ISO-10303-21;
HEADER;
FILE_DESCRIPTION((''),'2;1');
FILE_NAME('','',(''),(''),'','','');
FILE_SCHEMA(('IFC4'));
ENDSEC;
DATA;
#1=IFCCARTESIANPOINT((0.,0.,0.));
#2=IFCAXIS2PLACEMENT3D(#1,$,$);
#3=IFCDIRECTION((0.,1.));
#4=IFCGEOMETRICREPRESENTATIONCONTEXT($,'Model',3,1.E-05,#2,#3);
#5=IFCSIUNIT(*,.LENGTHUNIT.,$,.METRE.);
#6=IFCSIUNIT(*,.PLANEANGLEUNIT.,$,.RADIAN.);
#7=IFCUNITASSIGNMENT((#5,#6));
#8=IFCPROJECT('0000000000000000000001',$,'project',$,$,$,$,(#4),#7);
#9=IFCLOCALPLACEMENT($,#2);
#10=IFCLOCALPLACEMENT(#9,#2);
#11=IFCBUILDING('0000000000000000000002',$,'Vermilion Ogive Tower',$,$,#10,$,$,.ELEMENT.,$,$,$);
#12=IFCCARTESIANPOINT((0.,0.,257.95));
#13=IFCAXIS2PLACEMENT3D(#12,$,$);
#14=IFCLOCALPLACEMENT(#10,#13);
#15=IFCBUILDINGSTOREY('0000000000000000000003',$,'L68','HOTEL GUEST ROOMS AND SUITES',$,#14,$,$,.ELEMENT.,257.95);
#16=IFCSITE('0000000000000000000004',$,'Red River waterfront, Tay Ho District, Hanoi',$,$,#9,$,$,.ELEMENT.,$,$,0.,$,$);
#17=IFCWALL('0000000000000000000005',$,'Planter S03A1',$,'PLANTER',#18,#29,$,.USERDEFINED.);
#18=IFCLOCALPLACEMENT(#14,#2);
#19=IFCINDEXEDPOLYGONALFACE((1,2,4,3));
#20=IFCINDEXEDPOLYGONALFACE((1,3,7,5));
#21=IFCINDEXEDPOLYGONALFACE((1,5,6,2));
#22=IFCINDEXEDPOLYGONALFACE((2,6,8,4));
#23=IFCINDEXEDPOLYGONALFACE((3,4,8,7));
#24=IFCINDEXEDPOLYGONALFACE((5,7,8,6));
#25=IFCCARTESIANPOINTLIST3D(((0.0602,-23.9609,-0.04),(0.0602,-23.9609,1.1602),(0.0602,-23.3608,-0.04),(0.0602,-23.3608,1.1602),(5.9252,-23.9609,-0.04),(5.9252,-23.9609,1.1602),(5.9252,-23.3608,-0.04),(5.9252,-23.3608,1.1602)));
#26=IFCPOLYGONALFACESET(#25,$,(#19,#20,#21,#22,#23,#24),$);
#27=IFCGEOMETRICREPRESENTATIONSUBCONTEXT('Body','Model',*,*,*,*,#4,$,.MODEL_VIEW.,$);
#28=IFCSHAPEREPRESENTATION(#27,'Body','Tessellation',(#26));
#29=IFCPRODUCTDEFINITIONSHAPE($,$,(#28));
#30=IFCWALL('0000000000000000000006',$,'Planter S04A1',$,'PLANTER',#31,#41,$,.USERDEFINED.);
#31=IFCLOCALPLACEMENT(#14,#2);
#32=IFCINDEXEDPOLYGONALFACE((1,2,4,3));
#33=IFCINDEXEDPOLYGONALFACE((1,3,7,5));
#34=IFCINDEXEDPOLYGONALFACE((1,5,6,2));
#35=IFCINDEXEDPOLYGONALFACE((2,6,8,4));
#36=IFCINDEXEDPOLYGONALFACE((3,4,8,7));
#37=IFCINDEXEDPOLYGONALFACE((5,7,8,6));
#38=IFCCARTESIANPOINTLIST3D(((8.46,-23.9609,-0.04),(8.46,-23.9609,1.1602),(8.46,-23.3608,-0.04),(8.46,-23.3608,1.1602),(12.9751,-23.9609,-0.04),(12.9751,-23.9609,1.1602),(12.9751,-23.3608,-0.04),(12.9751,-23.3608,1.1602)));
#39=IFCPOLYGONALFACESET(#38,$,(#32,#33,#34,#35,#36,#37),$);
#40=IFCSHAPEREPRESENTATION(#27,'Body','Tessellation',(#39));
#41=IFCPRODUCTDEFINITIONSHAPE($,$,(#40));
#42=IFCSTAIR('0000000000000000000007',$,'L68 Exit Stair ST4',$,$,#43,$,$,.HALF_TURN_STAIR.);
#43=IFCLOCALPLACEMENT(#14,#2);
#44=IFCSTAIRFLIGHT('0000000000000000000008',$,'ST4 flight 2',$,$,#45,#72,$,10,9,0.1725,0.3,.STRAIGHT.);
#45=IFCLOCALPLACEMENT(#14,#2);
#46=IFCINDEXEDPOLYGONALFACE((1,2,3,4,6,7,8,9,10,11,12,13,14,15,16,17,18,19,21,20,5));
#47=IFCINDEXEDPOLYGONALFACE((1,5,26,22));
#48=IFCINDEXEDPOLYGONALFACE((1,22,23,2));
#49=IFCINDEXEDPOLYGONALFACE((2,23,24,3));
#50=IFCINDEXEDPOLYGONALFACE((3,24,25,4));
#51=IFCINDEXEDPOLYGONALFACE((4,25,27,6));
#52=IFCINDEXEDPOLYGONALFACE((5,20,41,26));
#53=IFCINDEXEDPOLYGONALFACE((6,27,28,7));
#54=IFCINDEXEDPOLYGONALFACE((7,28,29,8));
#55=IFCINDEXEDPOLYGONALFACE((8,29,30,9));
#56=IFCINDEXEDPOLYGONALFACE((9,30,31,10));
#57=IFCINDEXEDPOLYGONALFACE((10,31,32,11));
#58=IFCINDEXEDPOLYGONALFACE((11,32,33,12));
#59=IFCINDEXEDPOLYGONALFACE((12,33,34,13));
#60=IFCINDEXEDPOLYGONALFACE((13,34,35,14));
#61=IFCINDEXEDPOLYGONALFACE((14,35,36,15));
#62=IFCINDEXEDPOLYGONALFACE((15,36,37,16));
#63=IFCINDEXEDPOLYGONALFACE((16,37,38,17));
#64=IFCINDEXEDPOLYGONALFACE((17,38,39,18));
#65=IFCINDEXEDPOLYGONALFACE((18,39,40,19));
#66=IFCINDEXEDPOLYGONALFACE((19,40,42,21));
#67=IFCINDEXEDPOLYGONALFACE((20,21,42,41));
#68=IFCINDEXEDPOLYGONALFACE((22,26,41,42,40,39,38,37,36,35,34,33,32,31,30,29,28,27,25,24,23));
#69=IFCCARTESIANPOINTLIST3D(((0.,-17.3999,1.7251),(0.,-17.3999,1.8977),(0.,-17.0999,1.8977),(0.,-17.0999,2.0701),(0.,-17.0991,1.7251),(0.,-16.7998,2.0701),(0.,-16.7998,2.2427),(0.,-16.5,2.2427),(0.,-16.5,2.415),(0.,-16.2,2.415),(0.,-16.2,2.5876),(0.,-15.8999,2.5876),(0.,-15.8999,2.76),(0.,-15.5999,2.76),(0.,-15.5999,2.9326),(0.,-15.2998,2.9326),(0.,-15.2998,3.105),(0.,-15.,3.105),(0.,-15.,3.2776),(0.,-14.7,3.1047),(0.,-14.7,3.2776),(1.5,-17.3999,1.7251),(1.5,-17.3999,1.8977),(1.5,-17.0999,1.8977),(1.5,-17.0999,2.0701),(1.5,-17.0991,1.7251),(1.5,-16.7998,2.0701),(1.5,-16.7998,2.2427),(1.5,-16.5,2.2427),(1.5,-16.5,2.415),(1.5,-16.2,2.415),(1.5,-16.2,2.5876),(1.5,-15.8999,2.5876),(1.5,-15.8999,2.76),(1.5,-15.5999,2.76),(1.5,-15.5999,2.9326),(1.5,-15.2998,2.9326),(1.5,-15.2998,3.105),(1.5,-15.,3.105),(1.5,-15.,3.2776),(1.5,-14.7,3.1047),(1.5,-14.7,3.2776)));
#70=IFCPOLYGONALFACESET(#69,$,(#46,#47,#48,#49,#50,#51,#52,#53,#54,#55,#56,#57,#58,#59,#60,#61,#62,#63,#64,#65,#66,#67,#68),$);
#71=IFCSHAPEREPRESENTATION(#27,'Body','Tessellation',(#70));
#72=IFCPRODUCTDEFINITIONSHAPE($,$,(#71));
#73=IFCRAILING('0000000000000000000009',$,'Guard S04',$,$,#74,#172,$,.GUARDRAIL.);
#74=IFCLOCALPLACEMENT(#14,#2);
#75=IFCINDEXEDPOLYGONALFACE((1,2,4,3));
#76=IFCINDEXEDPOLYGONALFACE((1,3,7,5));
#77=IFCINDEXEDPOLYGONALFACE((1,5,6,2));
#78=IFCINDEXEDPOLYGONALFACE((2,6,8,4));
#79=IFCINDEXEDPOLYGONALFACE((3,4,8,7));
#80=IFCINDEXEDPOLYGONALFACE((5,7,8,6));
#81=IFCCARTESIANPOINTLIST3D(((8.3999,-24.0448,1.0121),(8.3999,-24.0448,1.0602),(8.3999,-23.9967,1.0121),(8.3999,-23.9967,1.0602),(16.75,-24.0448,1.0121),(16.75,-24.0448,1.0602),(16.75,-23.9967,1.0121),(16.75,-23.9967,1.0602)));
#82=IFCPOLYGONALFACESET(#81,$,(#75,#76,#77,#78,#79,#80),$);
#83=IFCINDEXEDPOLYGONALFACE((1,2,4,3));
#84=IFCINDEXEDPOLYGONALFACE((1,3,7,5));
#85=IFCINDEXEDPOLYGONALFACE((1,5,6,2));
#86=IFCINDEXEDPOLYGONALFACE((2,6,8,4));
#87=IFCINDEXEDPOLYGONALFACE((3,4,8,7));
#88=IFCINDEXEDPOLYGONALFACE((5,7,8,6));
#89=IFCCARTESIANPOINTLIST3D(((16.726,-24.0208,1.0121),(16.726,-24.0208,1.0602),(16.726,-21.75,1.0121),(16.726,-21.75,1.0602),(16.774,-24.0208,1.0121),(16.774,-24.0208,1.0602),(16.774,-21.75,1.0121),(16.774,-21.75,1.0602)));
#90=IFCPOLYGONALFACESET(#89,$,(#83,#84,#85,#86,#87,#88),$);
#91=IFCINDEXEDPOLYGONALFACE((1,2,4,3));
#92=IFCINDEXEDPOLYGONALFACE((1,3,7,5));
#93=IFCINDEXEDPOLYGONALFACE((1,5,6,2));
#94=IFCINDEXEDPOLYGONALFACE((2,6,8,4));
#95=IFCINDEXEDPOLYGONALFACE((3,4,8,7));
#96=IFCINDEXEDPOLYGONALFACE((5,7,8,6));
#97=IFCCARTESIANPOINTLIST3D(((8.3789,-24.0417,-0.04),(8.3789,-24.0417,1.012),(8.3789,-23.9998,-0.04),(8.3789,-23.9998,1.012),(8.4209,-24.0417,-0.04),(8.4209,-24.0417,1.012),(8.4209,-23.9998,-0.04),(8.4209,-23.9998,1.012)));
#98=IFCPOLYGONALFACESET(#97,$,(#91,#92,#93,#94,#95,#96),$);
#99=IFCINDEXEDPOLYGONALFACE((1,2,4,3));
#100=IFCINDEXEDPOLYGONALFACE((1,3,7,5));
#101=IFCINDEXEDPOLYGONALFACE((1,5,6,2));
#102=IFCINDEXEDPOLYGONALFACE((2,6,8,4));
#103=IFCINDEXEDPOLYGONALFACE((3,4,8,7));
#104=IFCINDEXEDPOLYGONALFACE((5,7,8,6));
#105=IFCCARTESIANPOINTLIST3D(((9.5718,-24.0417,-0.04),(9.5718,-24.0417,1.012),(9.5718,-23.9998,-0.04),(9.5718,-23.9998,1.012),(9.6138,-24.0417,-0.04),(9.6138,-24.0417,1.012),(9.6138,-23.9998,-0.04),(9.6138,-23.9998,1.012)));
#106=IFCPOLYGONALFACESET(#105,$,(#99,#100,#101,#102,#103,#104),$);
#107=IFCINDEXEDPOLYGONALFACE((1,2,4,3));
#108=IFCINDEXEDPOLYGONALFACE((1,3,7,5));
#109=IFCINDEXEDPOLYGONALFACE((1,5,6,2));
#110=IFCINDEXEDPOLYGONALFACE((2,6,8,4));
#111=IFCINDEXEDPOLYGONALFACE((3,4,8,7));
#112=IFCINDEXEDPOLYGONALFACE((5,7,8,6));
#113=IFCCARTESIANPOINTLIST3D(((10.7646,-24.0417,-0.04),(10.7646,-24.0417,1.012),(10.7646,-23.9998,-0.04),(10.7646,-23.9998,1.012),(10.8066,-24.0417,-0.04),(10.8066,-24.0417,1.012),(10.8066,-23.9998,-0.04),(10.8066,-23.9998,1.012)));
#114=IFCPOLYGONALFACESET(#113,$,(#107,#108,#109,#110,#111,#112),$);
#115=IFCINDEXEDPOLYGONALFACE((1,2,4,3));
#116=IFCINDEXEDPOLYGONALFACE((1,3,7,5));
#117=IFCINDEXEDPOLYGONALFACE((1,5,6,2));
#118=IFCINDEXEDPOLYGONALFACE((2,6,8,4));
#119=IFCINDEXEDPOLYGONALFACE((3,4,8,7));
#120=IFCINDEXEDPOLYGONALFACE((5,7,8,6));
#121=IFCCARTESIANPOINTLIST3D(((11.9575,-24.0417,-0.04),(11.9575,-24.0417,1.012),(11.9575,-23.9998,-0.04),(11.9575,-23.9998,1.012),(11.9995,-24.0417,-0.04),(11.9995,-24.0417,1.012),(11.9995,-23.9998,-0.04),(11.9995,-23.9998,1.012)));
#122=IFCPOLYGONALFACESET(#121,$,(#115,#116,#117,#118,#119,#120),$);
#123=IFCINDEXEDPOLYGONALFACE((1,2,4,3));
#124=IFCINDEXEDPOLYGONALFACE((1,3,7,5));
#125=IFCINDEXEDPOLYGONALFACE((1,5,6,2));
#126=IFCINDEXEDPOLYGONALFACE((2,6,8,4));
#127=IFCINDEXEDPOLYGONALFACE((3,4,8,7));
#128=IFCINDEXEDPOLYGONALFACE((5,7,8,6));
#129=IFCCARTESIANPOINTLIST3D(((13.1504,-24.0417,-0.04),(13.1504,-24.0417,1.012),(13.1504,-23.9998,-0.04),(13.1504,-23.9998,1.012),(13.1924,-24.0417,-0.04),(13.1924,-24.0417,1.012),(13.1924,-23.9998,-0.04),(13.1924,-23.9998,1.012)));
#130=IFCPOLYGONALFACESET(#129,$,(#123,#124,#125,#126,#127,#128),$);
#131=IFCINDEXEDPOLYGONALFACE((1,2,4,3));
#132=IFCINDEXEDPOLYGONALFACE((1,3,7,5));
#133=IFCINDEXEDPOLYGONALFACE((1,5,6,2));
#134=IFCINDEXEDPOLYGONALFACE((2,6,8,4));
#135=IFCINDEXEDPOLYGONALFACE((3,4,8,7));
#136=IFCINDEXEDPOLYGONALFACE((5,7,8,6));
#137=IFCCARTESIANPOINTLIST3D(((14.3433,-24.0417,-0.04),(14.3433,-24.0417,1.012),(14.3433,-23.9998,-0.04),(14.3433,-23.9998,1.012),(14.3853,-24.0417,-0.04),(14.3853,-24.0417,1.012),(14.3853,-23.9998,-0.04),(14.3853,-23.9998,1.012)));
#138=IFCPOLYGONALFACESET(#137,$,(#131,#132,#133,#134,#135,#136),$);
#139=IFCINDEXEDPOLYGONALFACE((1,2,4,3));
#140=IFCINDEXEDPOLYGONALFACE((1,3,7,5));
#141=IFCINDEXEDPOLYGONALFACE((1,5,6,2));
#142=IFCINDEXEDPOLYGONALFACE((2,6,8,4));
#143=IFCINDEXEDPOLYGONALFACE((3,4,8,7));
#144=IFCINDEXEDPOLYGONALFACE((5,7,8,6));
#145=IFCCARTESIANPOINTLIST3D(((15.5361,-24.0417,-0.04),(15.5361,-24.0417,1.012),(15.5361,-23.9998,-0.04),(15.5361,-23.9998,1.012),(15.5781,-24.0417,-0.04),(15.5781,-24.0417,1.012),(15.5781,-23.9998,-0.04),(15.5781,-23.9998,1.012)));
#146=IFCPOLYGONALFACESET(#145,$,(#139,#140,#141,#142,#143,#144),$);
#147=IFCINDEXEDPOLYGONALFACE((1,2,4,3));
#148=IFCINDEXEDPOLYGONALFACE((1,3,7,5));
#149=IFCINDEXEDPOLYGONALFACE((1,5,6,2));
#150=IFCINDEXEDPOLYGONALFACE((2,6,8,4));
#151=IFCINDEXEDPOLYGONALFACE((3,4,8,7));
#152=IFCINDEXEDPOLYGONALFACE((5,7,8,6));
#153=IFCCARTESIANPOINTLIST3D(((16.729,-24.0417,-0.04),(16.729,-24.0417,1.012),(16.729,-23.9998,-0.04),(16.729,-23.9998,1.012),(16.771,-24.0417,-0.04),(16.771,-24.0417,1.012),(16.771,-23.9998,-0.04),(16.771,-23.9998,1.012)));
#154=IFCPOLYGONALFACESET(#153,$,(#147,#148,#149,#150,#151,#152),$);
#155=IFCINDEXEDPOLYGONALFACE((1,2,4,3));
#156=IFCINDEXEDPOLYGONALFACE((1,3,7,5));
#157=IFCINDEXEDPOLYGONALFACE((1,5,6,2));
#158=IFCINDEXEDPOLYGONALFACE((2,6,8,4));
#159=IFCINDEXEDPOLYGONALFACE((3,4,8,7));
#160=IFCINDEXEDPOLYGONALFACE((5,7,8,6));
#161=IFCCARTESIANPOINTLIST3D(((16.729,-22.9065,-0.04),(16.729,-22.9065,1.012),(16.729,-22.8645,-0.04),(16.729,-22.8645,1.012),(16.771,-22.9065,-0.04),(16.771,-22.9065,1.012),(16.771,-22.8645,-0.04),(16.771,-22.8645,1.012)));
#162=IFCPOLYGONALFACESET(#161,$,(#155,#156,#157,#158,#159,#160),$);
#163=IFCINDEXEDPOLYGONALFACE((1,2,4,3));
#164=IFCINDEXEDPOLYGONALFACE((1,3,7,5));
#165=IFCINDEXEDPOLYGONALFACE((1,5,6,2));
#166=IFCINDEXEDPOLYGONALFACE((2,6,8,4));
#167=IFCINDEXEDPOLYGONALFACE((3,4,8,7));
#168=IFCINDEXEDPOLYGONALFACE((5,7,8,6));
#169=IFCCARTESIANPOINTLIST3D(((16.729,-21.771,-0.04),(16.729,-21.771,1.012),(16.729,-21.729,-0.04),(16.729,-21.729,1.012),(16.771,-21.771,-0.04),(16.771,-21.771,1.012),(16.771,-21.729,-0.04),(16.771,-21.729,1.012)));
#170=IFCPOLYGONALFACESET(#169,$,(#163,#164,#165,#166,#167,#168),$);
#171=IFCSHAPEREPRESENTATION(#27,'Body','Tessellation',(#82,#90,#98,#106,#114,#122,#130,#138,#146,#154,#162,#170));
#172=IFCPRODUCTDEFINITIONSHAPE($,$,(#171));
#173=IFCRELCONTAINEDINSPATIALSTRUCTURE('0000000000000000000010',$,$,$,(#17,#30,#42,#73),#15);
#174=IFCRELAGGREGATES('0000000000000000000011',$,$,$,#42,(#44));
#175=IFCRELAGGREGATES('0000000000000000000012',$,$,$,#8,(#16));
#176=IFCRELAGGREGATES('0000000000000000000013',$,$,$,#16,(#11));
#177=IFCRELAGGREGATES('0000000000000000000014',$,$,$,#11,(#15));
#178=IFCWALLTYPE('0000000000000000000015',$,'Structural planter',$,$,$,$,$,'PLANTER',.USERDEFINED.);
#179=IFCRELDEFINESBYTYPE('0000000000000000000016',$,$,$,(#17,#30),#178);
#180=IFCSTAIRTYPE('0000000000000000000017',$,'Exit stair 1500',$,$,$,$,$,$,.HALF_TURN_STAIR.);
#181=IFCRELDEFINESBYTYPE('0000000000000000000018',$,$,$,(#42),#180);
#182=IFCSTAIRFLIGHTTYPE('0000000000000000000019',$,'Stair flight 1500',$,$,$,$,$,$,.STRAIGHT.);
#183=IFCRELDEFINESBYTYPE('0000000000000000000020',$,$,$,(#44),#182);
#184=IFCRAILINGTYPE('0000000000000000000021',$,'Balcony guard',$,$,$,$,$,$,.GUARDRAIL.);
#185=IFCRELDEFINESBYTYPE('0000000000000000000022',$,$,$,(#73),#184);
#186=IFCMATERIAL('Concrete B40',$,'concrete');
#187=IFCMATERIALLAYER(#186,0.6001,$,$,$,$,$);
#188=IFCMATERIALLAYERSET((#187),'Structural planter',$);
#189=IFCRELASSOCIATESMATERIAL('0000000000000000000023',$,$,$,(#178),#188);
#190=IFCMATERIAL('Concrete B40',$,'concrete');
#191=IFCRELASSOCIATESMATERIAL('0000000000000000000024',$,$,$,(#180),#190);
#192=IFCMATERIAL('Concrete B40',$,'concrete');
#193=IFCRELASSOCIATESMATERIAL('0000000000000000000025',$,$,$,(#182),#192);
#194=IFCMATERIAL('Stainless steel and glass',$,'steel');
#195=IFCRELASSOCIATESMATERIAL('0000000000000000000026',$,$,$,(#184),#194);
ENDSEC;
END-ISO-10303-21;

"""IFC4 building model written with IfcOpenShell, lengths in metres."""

from ifc_helpers import new_model, si_unit, direction, frame, frame_2d, origin, origin_2d, place, context, subcontext, project, spatial, polyline, rectangle, outline, extrude, material, layer, layer_set, type_object, element, aggregate, save


model = new_model("IFC4")

# Units and contexts
model_context = context("Model", 3, precision=1e-05, world=origin(), true_north=direction((0.0, 1.0)))
body_context = subcontext(model_context, "Body", "Model", "MODEL_VIEW")
ifc_project = project(units=[si_unit("LENGTHUNIT", "METRE"), si_unit("PLANEANGLEUNIT", "RADIAN")], contexts=[model_context])

# Site, building, storey
site_placement = place(None, origin())
site = spatial("IfcSite", under=ifc_project, at=site_placement, Name="Red River waterfront, Tay Ho District, Hanoi", CompositionType="ELEMENT", RefElevation=0.0)
building_placement = place(site_placement, origin())
building = spatial("IfcBuilding", under=site, at=building_placement, Name="Vermilion Ogive Tower", CompositionType="ELEMENT")
storey_placement = place(building_placement, frame((0.0, 0.0, 257.95)))
storey = spatial("IfcBuildingStorey", under=building, at=storey_placement, Name="L68", Description="HOTEL GUEST ROOMS AND SUITES", CompositionType="ELEMENT", Elevation=257.95)

# Walls
ifc_material_1 = material(Name="Concrete B40", Category="concrete")
ifc_layer_1 = layer(ifc_material_1, 0.6001)
ifc_layer_set_1 = layer_set([ifc_layer_1], Name="Structural planter")
wall_type_1 = type_object("IfcWallType", Name="Structural planter", ElementType="PLANTER", PredefinedType="USERDEFINED", material=ifc_layer_set_1)
wall_1_placement = place(storey_placement, frame((0.0601, -23.6609, -0.04), z_axis=(0.0, 0.0, 1.0), x_axis=(1.0, 0.0, 0.0)))
element("IfcWall", 1, at=wall_1_placement, inside=storey, type_object=wall_type_1, Name="Planter S03A1", ObjectType="PLANTER", PredefinedType="USERDEFINED", context=body_context, shape_type="SweptSolid", body=[
    extrude(rectangle(XDim=5.865, YDim=0.6001, at=frame_2d((2.9326, 0.0))), origin(), (0.0, 0.0, 1.0), 1.2002),
])
wall_2_placement = place(storey_placement, frame((8.46, -23.6609, -0.04), z_axis=(0.0, 0.0, 1.0), x_axis=(1.0, 0.0, 0.0)))
element("IfcWall", 2, at=wall_2_placement, inside=storey, type_object=wall_type_1, Name="Planter S04A1", ObjectType="PLANTER", PredefinedType="USERDEFINED", context=body_context, shape_type="SweptSolid", body=[
    extrude(rectangle(XDim=4.5151, YDim=0.6001, at=frame_2d((2.2576, 0.0))), origin(), (0.0, 0.0, 1.0), 1.2002),
])

# Stair, stair flight
ifc_material_2 = material(Name="Concrete B40", Category="concrete")
stair_type = type_object("IfcStairType", Name="Exit stair 1500", PredefinedType="HALF_TURN_STAIR", material=ifc_material_2)
stair_placement = place(storey_placement, origin())
stair = element("IfcStair", 3, at=stair_placement, inside=storey, type_object=stair_type, Name="L68 Exit Stair ST4", PredefinedType="HALF_TURN_STAIR")
ifc_material_3 = material(Name="Concrete B40", Category="concrete")
stair_flight_type = type_object("IfcStairFlightType", Name="Stair flight 1500", PredefinedType="STRAIGHT", material=ifc_material_3)
stair_flight_placement = place(storey_placement, frame((0.75, -17.3999, 1.7251), z_axis=(0.0, 0.0, 1.0), x_axis=(0.0, 1.0, 0.0)))
stair_flight = element("IfcStairFlight", 4, at=stair_flight_placement, type_object=stair_flight_type, Name="ST4 flight 2", NumberOfRisers=10, NumberOfTreads=9, PredefinedType="STRAIGHT", RiserHeight=0.1725, TreadLength=0.3, context=body_context, shape_type="SweptSolid", body=[
    extrude(outline(polyline([(0.0, 0.0), (0.0, 0.1726), (0.3, 0.1726), (0.3, 0.345), (0.6001, 0.345), (0.6001, 0.5176), (0.8999, 0.5176), (0.8999, 0.6899), (1.2, 0.6899), (1.2, 0.8625), (1.5, 0.8625), (1.5, 1.0349), (1.8, 1.0349), (1.8, 1.2075), (2.1001, 1.2075), (2.1001, 1.3799), (2.3999, 1.3799), (2.3999, 1.5525), (2.7, 1.5525), (2.7, 1.7251), (2.7, 1.3796), (0.3008, 0.0), (0.0, 0.0)])), frame((0.0, 0.75, 0.0), z_axis=(0.0, -1.0, 0.0), x_axis=(1.0, 0.0, 0.0)), (0.0, 0.0, 1.0), 1.5),
])
aggregate(stair, [stair_flight])

# Railing
ifc_material_4 = material(Name="Stainless steel and glass", Category="steel")
railing_type_1 = type_object("IfcRailingType", Name="Balcony guard", PredefinedType="GUARDRAIL", material=ifc_material_4)
railing_1_placement = place(storey_placement, frame((8.3999, -24.0208, -0.04)))
element("IfcRailing", 5, at=railing_1_placement, inside=storey, type_object=railing_type_1, Name="Guard S04", PredefinedType="GUARDRAIL", context=body_context, shape_type="SweptSolid", body=[
    extrude(rectangle(XDim=0.0481, YDim=0.0481, at=origin_2d()), frame((0.0, 0.0, 1.0762), z_axis=(1.0, 0.0, 0.0), x_axis=(0.0, 1.0, 0.0)), (0.0, 0.0, 1.0), 8.3501),
    extrude(rectangle(XDim=0.0481, YDim=0.0481, at=origin_2d()), frame((8.3501, 0.0, 1.0762), z_axis=(0.0, 1.0, 0.0), x_axis=(-1.0, 0.0, 0.0)), (0.0, 0.0, 1.0), 2.2708),
    extrude(rectangle(XDim=0.042, YDim=0.042, at=origin_2d()), origin(), (0.0, 0.0, 1.0), 1.052),
    extrude(rectangle(XDim=0.042, YDim=0.042, at=origin_2d()), frame((1.1929, 0.0, 0.0)), (0.0, 0.0, 1.0), 1.052),
    extrude(rectangle(XDim=0.042, YDim=0.042, at=origin_2d()), frame((2.3857, 0.0, 0.0)), (0.0, 0.0, 1.0), 1.052),
    extrude(rectangle(XDim=0.042, YDim=0.042, at=origin_2d()), frame((3.5786, 0.0, 0.0)), (0.0, 0.0, 1.0), 1.052),
    extrude(rectangle(XDim=0.042, YDim=0.042, at=origin_2d()), frame((4.7715, 0.0, 0.0)), (0.0, 0.0, 1.0), 1.052),
    extrude(rectangle(XDim=0.042, YDim=0.042, at=origin_2d()), frame((5.9644, 0.0, 0.0)), (0.0, 0.0, 1.0), 1.052),
    extrude(rectangle(XDim=0.042, YDim=0.042, at=origin_2d()), frame((7.1572, 0.0, 0.0)), (0.0, 0.0, 1.0), 1.052),
    extrude(rectangle(XDim=0.042, YDim=0.042, at=origin_2d()), frame((8.3501, 0.0, 0.0)), (0.0, 0.0, 1.0), 1.052),
    extrude(rectangle(XDim=0.042, YDim=0.042, at=origin_2d()), frame((8.3501, 1.1353, 0.0)), (0.0, 0.0, 1.0), 1.052),
    extrude(rectangle(XDim=0.042, YDim=0.042, at=origin_2d()), frame((8.3501, 2.2708, 0.0)), (0.0, 0.0, 1.0), 1.052),
])

save(model, "model.ifc")
